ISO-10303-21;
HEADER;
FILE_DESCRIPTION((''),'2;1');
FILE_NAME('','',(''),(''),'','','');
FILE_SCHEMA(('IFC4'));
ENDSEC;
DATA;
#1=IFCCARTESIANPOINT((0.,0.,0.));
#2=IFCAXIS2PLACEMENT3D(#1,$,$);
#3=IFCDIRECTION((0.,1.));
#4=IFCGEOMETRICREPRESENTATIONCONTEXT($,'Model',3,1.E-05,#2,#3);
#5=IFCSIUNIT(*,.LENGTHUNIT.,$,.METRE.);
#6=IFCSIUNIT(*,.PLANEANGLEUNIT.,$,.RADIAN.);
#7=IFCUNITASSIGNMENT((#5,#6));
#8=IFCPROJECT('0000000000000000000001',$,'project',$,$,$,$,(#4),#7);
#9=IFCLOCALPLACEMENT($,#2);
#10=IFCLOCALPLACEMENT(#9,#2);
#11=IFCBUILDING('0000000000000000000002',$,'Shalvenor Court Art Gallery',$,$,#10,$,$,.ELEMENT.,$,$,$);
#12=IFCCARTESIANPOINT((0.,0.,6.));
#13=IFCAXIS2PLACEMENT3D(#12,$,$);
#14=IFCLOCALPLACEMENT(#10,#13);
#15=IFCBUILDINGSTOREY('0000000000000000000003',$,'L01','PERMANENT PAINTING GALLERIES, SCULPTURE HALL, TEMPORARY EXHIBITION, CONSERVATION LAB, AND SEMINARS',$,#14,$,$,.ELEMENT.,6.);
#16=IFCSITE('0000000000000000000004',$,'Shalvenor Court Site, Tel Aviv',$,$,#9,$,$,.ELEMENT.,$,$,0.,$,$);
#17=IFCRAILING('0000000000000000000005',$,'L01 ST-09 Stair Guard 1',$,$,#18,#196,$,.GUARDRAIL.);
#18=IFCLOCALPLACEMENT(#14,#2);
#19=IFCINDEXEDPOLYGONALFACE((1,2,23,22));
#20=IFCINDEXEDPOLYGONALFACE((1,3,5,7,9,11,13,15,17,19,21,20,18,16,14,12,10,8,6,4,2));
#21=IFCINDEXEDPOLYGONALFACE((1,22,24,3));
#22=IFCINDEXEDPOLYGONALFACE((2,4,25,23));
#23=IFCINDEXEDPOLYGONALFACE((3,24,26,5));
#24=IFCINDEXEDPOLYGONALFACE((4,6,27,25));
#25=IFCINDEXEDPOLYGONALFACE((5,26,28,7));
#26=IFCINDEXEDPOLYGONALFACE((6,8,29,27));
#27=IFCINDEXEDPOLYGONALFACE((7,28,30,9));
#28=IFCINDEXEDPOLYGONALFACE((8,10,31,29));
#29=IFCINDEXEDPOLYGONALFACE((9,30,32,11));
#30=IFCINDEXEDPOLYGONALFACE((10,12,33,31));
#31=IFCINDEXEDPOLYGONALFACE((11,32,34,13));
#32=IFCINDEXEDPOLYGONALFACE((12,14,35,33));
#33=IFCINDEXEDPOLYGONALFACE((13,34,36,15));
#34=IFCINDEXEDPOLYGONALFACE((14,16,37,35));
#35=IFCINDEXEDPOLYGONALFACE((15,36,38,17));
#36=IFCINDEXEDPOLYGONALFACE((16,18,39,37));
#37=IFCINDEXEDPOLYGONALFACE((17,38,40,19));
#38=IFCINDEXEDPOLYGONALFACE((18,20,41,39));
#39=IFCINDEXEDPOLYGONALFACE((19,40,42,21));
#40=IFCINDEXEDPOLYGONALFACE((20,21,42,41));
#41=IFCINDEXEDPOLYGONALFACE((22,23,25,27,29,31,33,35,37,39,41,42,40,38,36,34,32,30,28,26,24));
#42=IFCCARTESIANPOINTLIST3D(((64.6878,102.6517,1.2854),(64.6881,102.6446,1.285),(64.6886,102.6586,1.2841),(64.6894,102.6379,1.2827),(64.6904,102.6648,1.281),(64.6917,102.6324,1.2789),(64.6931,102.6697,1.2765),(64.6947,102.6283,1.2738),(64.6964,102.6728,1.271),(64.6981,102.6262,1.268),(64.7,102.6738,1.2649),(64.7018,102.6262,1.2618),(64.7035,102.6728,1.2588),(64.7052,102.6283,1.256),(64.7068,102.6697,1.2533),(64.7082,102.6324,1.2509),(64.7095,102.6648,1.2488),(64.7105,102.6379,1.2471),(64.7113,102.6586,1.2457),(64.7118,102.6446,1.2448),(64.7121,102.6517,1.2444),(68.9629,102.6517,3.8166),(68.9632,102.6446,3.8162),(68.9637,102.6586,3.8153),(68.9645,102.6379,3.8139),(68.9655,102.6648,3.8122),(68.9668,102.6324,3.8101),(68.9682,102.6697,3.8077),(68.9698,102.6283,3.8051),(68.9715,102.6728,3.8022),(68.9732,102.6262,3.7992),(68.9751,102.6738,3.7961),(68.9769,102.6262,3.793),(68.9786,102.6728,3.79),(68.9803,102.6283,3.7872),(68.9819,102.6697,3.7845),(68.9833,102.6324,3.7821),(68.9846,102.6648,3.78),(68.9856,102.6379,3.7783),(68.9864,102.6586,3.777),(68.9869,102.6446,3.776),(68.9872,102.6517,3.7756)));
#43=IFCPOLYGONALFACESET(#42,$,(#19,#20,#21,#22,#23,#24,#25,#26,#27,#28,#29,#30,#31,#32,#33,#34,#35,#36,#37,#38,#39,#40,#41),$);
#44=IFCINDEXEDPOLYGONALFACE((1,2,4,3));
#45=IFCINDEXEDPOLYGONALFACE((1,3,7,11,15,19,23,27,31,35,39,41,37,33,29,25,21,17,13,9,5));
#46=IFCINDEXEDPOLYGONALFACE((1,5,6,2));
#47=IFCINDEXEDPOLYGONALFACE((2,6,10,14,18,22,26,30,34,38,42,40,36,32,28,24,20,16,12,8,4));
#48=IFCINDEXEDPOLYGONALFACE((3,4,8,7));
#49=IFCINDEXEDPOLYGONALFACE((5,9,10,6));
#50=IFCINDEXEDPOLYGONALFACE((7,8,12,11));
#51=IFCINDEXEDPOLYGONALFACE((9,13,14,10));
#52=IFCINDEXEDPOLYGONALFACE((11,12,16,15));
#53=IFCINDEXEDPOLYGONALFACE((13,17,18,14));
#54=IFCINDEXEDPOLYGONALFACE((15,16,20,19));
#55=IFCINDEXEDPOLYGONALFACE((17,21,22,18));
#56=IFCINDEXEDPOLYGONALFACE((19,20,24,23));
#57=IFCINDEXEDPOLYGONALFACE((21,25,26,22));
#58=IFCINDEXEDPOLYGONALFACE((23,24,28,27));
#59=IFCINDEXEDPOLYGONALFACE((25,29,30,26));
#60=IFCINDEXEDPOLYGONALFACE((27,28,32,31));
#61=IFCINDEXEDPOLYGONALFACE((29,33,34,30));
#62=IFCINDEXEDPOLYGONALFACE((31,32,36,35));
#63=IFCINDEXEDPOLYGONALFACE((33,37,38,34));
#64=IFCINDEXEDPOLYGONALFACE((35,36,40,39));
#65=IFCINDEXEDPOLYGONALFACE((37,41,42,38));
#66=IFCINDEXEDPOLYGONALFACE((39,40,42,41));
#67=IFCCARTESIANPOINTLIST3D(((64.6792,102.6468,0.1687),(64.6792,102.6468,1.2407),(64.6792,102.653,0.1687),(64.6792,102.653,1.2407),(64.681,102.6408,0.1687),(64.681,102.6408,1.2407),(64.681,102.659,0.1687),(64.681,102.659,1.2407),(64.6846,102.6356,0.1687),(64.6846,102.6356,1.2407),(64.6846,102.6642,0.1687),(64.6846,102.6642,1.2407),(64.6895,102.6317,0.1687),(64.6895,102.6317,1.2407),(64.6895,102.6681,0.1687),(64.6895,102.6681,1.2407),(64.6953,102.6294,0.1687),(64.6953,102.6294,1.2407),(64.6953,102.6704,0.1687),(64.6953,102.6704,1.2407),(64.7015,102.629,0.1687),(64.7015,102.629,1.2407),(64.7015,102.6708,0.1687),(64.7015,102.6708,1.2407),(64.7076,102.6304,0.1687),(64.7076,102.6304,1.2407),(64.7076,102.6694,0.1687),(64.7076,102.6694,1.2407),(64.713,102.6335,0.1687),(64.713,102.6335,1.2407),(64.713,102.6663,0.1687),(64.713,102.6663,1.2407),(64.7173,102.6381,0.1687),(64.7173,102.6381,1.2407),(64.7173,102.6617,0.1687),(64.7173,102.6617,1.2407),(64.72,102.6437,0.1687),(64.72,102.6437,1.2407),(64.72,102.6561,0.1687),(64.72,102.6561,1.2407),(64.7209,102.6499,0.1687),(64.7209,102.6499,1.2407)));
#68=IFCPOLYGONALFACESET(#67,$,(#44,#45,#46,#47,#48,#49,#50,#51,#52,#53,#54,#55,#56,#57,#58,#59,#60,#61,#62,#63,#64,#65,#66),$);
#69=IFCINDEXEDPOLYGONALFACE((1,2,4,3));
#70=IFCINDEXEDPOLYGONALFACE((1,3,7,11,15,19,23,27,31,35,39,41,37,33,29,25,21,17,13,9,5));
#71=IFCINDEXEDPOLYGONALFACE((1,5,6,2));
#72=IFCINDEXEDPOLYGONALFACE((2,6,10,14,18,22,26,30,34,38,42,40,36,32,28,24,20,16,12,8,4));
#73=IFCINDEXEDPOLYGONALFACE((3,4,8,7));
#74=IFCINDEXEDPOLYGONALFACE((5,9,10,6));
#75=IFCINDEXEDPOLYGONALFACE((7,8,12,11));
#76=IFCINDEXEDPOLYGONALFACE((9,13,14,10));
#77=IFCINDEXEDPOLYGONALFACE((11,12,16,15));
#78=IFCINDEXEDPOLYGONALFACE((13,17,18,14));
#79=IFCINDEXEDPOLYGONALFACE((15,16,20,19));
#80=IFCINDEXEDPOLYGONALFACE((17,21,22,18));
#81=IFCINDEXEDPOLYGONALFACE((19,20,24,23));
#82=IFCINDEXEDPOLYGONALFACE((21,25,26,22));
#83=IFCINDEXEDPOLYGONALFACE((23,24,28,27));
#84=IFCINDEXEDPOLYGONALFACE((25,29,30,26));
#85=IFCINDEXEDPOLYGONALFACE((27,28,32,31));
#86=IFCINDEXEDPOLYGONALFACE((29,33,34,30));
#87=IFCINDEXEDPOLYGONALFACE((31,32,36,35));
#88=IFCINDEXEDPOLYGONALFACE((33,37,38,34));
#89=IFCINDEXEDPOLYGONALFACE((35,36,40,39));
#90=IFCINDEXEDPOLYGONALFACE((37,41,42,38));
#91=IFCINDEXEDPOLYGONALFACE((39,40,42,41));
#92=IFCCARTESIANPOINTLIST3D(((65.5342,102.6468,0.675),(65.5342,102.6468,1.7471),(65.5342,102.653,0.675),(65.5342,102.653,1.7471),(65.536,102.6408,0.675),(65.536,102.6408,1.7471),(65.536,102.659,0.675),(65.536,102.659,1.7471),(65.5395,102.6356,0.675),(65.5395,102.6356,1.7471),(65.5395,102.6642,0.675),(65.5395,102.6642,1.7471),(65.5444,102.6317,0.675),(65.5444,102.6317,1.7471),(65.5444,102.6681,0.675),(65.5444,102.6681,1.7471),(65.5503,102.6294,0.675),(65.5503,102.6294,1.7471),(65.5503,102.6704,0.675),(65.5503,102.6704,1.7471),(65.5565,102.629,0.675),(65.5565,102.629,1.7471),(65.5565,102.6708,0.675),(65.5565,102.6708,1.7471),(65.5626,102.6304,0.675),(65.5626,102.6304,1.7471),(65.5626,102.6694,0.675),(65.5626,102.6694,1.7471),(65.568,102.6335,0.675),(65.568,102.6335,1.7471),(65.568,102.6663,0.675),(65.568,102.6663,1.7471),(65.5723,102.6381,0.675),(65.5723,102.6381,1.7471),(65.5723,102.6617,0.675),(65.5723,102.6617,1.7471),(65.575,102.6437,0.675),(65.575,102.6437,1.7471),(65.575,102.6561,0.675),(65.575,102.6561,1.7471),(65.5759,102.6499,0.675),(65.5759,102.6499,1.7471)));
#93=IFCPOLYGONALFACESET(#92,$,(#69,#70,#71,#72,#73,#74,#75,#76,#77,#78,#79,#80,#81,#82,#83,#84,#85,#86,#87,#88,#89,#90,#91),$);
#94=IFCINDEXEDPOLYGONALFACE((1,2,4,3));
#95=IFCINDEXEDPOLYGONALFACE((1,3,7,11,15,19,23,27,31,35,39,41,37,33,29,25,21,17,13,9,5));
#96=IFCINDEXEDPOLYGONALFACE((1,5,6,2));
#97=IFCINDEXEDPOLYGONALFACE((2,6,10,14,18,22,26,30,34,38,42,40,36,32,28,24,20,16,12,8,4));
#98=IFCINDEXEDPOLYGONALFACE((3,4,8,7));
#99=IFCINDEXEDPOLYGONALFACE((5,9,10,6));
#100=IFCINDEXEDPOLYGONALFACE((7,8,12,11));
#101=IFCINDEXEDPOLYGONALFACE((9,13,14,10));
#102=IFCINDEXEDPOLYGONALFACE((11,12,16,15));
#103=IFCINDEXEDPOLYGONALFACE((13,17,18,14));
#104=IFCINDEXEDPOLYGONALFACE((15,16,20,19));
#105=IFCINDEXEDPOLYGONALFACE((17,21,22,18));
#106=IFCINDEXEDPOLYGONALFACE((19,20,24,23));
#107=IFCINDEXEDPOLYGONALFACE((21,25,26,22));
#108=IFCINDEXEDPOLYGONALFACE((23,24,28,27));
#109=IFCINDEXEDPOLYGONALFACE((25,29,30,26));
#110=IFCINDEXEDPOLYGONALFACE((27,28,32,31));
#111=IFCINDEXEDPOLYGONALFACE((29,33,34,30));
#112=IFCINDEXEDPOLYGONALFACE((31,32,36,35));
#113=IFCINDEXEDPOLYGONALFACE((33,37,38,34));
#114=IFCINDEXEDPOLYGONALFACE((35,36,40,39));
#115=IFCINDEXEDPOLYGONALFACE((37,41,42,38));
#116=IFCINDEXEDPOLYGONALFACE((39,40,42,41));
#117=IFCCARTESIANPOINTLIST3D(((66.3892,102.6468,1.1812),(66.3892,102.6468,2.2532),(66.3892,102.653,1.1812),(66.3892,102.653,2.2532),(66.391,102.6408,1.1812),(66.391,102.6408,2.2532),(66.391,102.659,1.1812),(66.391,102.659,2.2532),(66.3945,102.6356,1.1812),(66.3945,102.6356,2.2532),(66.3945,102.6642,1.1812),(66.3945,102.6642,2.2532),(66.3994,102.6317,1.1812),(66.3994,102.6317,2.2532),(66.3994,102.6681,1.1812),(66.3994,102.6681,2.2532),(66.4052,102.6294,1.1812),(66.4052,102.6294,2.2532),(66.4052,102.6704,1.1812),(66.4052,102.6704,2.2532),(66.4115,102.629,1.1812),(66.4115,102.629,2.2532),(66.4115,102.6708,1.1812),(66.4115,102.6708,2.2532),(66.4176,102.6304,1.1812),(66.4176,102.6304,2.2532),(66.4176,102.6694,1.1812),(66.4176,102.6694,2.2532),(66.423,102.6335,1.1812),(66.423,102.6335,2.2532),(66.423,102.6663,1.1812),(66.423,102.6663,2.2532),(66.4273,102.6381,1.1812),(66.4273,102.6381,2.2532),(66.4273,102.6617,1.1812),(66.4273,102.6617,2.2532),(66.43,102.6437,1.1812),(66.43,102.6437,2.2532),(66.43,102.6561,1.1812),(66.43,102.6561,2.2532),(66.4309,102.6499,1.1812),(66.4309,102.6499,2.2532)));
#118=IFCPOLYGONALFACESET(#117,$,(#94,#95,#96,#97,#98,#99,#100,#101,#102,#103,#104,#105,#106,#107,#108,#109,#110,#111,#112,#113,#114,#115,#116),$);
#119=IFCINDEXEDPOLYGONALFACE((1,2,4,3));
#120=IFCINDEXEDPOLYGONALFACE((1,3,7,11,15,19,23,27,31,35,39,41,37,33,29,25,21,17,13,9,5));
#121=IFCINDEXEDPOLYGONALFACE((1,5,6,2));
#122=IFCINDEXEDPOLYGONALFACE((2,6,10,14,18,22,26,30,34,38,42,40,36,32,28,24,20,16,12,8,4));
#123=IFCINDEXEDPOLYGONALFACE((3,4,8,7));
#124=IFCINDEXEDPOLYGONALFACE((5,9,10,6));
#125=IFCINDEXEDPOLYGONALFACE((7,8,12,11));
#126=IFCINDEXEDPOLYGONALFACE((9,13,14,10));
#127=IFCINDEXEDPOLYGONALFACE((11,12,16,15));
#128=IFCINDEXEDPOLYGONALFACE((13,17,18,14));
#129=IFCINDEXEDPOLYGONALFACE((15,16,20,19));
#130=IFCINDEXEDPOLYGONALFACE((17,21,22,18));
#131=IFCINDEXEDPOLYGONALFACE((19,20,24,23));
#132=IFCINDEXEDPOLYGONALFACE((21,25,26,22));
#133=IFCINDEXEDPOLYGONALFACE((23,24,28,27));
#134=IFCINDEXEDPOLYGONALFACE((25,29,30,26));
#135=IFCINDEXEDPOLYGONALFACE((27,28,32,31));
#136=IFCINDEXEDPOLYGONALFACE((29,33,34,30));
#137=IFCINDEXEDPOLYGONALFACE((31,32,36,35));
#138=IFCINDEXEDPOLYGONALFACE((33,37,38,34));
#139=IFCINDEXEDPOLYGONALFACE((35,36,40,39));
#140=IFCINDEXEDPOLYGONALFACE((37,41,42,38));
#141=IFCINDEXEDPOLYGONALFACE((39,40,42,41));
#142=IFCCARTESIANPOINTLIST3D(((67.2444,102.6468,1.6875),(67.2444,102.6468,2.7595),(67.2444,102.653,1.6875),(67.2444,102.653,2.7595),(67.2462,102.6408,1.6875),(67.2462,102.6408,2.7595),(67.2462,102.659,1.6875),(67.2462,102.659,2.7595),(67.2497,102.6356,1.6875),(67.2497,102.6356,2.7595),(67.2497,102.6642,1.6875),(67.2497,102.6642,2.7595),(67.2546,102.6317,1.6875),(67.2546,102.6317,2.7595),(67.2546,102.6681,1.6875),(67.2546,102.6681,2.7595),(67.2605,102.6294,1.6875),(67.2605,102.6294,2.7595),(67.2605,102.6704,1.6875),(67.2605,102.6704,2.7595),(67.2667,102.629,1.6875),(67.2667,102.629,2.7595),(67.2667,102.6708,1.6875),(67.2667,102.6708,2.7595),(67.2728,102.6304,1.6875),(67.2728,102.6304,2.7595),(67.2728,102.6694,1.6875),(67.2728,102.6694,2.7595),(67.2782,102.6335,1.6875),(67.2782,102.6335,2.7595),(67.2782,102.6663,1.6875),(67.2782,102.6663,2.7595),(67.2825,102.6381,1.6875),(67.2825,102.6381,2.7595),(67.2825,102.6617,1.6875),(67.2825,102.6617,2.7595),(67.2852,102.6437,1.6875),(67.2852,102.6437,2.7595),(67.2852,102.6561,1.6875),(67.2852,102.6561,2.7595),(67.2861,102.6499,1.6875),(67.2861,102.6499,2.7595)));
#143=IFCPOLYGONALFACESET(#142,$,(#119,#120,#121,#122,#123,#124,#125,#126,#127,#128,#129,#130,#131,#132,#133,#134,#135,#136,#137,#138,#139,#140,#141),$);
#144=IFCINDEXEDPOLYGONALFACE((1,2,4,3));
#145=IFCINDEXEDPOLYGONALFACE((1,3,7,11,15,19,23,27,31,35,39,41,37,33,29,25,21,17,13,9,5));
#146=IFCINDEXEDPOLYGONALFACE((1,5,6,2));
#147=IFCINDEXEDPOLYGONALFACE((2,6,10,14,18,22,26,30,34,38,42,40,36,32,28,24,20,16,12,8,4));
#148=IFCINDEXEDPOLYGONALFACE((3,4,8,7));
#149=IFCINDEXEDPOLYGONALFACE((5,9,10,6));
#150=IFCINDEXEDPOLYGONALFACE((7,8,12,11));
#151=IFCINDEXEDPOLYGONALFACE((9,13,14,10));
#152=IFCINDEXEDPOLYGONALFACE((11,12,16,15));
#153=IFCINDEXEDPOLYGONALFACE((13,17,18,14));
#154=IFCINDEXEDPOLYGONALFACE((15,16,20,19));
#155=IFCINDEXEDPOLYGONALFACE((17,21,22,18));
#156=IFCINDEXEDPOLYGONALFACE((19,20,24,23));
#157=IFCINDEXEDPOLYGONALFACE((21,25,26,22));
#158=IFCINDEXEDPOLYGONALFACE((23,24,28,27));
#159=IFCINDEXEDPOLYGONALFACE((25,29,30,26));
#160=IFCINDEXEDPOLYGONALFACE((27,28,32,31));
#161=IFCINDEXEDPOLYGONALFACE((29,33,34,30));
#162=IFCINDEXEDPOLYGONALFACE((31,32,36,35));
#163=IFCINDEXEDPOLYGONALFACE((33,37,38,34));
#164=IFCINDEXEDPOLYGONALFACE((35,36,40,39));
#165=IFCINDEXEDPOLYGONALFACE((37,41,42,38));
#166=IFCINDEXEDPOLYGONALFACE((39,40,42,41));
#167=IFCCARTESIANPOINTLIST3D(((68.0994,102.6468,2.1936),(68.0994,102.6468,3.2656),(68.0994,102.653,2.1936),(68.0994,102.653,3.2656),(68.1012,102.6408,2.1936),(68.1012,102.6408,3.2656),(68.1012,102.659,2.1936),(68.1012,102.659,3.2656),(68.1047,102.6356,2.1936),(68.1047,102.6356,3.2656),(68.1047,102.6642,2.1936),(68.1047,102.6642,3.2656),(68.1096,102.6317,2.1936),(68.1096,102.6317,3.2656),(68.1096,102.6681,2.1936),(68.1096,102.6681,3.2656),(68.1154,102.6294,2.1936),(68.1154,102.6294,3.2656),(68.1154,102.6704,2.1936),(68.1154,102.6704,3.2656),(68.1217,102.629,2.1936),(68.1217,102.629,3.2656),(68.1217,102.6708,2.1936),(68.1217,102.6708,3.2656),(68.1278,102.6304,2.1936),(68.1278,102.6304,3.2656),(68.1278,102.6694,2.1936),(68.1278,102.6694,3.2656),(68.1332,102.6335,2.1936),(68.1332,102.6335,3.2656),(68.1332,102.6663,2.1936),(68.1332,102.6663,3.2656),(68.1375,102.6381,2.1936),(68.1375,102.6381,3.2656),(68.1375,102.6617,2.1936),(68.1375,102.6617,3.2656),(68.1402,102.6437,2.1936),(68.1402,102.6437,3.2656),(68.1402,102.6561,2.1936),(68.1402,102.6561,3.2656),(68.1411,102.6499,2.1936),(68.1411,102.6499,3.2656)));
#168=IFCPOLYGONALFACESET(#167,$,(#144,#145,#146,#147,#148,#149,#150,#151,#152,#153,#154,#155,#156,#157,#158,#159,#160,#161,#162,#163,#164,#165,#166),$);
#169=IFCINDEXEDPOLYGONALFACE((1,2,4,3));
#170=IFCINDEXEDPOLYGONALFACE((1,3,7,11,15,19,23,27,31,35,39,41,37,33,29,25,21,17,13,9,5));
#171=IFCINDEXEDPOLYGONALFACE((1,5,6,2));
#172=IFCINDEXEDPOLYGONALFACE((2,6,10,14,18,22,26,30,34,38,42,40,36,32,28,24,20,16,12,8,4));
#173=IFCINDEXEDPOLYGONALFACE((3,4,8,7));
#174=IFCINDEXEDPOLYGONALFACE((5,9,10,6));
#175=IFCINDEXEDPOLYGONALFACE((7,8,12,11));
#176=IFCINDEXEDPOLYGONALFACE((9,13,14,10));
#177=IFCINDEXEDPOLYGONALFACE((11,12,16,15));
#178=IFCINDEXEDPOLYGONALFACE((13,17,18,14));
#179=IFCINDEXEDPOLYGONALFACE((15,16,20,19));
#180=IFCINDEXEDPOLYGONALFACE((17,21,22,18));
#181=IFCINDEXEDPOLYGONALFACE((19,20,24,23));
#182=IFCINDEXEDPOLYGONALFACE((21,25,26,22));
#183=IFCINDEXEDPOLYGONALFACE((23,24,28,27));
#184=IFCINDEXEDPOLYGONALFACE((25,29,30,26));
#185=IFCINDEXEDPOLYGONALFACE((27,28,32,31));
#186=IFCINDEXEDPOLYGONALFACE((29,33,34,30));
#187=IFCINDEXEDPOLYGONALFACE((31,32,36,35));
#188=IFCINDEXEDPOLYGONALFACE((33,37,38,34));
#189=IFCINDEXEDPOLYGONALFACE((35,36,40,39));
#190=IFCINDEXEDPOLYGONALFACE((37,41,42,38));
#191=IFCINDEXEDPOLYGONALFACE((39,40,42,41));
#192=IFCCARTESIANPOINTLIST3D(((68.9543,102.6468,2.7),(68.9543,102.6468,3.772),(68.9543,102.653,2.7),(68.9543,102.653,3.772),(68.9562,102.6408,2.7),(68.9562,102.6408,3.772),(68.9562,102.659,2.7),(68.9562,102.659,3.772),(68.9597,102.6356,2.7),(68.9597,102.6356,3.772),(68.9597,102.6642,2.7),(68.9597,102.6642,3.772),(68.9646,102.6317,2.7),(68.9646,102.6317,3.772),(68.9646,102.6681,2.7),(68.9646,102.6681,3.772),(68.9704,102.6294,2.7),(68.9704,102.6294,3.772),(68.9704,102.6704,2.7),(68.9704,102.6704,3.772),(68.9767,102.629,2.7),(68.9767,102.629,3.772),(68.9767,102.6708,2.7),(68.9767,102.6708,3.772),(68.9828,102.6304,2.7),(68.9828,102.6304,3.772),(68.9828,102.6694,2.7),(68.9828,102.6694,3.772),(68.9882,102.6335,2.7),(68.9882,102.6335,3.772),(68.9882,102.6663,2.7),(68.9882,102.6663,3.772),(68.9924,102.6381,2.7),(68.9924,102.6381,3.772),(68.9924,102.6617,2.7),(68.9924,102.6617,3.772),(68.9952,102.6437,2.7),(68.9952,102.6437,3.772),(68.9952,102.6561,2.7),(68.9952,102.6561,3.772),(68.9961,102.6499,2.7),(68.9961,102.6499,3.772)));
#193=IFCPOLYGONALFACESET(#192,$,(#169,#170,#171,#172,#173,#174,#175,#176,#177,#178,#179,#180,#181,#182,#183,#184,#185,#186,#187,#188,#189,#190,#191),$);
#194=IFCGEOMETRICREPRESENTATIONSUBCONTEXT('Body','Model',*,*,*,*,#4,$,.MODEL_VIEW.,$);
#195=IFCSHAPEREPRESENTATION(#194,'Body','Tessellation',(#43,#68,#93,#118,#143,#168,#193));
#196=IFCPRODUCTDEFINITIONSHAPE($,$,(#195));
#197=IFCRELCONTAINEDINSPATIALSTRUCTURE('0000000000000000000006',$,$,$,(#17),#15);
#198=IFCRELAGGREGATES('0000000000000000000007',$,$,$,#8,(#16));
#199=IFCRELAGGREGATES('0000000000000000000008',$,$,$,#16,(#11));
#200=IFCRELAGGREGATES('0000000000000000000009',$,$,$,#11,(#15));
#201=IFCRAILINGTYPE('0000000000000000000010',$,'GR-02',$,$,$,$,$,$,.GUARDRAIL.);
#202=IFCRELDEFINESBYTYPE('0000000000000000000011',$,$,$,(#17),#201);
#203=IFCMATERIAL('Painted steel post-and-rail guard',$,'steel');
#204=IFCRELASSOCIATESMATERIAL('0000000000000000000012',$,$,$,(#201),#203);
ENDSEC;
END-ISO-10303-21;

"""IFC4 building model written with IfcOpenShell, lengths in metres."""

from ifc_helpers import new_model, si_unit, direction, frame, origin, origin_2d, place, context, subcontext, project, spatial, circle, extrude, material, type_object, element, save


model = new_model("IFC4")

# Units and contexts
model_context = context("Model", 3, precision=1e-05, world=origin(), true_north=direction((0.0, 1.0)))
body_context = subcontext(model_context, "Body", "Model", "MODEL_VIEW")
ifc_project = project(units=[si_unit("LENGTHUNIT", "METRE"), si_unit("PLANEANGLEUNIT", "RADIAN")], contexts=[model_context])

# Site, building, storey
site_placement = place(None, origin())
site = spatial("IfcSite", under=ifc_project, at=site_placement, Name="Shalvenor Court Site, Tel Aviv", CompositionType="ELEMENT", RefElevation=0.0)
building_placement = place(site_placement, origin())
building = spatial("IfcBuilding", under=site, at=building_placement, Name="Shalvenor Court Art Gallery", CompositionType="ELEMENT")
storey_placement = place(building_placement, frame((0.0, 0.0, 6.0)))
storey = spatial("IfcBuildingStorey", under=building, at=storey_placement, Name="L01", Description="PERMANENT PAINTING GALLERIES, SCULPTURE HALL, TEMPORARY EXHIBITION, CONSERVATION LAB, AND SEMINARS", CompositionType="ELEMENT", Elevation=6.0)

# Railing
ifc_material_1 = material(Name="Painted steel post-and-rail guard", Category="steel")
railing_type = type_object("IfcRailingType", Name="GR-02", PredefinedType="GUARDRAIL", material=ifc_material_1)
railing_1_placement = place(storey_placement, frame((64.7, 102.6499, 0.1687)))
element("IfcRailing", 1, at=railing_1_placement, inside=storey, type_object=railing_type, Name="L01 ST-09 Stair Guard 1", PredefinedType="GUARDRAIL", context=body_context, shape_type="SweptSolid", body=[
    extrude(circle(Radius=0.0239, at=origin_2d()), frame((0.0, 0.0, 1.0962), z_axis=(0.860483, 0.0, 0.509479), x_axis=(0.0, 1.0, 0.0)), (0.0, 0.0, 1.0), 4.9683),
    extrude(circle(Radius=0.021, at=origin_2d()), origin(), (0.0, 0.0, 1.0), 1.072),
    extrude(circle(Radius=0.021, at=origin_2d()), frame((0.855, 0.0, 0.5063)), (0.0, 0.0, 1.0), 1.072),
    extrude(circle(Radius=0.021, at=origin_2d()), frame((1.71, 0.0, 1.0125)), (0.0, 0.0, 1.0), 1.072),
    extrude(circle(Radius=0.021, at=origin_2d()), frame((2.5652, 0.0, 1.5188)), (0.0, 0.0, 1.0), 1.072),
    extrude(circle(Radius=0.021, at=origin_2d()), frame((3.4202, 0.0, 2.0249)), (0.0, 0.0, 1.0), 1.072),
    extrude(circle(Radius=0.021, at=origin_2d()), frame((4.2751, 0.0, 2.5312)), (0.0, 0.0, 1.0), 1.072),
])

save(model, "model.ifc")
